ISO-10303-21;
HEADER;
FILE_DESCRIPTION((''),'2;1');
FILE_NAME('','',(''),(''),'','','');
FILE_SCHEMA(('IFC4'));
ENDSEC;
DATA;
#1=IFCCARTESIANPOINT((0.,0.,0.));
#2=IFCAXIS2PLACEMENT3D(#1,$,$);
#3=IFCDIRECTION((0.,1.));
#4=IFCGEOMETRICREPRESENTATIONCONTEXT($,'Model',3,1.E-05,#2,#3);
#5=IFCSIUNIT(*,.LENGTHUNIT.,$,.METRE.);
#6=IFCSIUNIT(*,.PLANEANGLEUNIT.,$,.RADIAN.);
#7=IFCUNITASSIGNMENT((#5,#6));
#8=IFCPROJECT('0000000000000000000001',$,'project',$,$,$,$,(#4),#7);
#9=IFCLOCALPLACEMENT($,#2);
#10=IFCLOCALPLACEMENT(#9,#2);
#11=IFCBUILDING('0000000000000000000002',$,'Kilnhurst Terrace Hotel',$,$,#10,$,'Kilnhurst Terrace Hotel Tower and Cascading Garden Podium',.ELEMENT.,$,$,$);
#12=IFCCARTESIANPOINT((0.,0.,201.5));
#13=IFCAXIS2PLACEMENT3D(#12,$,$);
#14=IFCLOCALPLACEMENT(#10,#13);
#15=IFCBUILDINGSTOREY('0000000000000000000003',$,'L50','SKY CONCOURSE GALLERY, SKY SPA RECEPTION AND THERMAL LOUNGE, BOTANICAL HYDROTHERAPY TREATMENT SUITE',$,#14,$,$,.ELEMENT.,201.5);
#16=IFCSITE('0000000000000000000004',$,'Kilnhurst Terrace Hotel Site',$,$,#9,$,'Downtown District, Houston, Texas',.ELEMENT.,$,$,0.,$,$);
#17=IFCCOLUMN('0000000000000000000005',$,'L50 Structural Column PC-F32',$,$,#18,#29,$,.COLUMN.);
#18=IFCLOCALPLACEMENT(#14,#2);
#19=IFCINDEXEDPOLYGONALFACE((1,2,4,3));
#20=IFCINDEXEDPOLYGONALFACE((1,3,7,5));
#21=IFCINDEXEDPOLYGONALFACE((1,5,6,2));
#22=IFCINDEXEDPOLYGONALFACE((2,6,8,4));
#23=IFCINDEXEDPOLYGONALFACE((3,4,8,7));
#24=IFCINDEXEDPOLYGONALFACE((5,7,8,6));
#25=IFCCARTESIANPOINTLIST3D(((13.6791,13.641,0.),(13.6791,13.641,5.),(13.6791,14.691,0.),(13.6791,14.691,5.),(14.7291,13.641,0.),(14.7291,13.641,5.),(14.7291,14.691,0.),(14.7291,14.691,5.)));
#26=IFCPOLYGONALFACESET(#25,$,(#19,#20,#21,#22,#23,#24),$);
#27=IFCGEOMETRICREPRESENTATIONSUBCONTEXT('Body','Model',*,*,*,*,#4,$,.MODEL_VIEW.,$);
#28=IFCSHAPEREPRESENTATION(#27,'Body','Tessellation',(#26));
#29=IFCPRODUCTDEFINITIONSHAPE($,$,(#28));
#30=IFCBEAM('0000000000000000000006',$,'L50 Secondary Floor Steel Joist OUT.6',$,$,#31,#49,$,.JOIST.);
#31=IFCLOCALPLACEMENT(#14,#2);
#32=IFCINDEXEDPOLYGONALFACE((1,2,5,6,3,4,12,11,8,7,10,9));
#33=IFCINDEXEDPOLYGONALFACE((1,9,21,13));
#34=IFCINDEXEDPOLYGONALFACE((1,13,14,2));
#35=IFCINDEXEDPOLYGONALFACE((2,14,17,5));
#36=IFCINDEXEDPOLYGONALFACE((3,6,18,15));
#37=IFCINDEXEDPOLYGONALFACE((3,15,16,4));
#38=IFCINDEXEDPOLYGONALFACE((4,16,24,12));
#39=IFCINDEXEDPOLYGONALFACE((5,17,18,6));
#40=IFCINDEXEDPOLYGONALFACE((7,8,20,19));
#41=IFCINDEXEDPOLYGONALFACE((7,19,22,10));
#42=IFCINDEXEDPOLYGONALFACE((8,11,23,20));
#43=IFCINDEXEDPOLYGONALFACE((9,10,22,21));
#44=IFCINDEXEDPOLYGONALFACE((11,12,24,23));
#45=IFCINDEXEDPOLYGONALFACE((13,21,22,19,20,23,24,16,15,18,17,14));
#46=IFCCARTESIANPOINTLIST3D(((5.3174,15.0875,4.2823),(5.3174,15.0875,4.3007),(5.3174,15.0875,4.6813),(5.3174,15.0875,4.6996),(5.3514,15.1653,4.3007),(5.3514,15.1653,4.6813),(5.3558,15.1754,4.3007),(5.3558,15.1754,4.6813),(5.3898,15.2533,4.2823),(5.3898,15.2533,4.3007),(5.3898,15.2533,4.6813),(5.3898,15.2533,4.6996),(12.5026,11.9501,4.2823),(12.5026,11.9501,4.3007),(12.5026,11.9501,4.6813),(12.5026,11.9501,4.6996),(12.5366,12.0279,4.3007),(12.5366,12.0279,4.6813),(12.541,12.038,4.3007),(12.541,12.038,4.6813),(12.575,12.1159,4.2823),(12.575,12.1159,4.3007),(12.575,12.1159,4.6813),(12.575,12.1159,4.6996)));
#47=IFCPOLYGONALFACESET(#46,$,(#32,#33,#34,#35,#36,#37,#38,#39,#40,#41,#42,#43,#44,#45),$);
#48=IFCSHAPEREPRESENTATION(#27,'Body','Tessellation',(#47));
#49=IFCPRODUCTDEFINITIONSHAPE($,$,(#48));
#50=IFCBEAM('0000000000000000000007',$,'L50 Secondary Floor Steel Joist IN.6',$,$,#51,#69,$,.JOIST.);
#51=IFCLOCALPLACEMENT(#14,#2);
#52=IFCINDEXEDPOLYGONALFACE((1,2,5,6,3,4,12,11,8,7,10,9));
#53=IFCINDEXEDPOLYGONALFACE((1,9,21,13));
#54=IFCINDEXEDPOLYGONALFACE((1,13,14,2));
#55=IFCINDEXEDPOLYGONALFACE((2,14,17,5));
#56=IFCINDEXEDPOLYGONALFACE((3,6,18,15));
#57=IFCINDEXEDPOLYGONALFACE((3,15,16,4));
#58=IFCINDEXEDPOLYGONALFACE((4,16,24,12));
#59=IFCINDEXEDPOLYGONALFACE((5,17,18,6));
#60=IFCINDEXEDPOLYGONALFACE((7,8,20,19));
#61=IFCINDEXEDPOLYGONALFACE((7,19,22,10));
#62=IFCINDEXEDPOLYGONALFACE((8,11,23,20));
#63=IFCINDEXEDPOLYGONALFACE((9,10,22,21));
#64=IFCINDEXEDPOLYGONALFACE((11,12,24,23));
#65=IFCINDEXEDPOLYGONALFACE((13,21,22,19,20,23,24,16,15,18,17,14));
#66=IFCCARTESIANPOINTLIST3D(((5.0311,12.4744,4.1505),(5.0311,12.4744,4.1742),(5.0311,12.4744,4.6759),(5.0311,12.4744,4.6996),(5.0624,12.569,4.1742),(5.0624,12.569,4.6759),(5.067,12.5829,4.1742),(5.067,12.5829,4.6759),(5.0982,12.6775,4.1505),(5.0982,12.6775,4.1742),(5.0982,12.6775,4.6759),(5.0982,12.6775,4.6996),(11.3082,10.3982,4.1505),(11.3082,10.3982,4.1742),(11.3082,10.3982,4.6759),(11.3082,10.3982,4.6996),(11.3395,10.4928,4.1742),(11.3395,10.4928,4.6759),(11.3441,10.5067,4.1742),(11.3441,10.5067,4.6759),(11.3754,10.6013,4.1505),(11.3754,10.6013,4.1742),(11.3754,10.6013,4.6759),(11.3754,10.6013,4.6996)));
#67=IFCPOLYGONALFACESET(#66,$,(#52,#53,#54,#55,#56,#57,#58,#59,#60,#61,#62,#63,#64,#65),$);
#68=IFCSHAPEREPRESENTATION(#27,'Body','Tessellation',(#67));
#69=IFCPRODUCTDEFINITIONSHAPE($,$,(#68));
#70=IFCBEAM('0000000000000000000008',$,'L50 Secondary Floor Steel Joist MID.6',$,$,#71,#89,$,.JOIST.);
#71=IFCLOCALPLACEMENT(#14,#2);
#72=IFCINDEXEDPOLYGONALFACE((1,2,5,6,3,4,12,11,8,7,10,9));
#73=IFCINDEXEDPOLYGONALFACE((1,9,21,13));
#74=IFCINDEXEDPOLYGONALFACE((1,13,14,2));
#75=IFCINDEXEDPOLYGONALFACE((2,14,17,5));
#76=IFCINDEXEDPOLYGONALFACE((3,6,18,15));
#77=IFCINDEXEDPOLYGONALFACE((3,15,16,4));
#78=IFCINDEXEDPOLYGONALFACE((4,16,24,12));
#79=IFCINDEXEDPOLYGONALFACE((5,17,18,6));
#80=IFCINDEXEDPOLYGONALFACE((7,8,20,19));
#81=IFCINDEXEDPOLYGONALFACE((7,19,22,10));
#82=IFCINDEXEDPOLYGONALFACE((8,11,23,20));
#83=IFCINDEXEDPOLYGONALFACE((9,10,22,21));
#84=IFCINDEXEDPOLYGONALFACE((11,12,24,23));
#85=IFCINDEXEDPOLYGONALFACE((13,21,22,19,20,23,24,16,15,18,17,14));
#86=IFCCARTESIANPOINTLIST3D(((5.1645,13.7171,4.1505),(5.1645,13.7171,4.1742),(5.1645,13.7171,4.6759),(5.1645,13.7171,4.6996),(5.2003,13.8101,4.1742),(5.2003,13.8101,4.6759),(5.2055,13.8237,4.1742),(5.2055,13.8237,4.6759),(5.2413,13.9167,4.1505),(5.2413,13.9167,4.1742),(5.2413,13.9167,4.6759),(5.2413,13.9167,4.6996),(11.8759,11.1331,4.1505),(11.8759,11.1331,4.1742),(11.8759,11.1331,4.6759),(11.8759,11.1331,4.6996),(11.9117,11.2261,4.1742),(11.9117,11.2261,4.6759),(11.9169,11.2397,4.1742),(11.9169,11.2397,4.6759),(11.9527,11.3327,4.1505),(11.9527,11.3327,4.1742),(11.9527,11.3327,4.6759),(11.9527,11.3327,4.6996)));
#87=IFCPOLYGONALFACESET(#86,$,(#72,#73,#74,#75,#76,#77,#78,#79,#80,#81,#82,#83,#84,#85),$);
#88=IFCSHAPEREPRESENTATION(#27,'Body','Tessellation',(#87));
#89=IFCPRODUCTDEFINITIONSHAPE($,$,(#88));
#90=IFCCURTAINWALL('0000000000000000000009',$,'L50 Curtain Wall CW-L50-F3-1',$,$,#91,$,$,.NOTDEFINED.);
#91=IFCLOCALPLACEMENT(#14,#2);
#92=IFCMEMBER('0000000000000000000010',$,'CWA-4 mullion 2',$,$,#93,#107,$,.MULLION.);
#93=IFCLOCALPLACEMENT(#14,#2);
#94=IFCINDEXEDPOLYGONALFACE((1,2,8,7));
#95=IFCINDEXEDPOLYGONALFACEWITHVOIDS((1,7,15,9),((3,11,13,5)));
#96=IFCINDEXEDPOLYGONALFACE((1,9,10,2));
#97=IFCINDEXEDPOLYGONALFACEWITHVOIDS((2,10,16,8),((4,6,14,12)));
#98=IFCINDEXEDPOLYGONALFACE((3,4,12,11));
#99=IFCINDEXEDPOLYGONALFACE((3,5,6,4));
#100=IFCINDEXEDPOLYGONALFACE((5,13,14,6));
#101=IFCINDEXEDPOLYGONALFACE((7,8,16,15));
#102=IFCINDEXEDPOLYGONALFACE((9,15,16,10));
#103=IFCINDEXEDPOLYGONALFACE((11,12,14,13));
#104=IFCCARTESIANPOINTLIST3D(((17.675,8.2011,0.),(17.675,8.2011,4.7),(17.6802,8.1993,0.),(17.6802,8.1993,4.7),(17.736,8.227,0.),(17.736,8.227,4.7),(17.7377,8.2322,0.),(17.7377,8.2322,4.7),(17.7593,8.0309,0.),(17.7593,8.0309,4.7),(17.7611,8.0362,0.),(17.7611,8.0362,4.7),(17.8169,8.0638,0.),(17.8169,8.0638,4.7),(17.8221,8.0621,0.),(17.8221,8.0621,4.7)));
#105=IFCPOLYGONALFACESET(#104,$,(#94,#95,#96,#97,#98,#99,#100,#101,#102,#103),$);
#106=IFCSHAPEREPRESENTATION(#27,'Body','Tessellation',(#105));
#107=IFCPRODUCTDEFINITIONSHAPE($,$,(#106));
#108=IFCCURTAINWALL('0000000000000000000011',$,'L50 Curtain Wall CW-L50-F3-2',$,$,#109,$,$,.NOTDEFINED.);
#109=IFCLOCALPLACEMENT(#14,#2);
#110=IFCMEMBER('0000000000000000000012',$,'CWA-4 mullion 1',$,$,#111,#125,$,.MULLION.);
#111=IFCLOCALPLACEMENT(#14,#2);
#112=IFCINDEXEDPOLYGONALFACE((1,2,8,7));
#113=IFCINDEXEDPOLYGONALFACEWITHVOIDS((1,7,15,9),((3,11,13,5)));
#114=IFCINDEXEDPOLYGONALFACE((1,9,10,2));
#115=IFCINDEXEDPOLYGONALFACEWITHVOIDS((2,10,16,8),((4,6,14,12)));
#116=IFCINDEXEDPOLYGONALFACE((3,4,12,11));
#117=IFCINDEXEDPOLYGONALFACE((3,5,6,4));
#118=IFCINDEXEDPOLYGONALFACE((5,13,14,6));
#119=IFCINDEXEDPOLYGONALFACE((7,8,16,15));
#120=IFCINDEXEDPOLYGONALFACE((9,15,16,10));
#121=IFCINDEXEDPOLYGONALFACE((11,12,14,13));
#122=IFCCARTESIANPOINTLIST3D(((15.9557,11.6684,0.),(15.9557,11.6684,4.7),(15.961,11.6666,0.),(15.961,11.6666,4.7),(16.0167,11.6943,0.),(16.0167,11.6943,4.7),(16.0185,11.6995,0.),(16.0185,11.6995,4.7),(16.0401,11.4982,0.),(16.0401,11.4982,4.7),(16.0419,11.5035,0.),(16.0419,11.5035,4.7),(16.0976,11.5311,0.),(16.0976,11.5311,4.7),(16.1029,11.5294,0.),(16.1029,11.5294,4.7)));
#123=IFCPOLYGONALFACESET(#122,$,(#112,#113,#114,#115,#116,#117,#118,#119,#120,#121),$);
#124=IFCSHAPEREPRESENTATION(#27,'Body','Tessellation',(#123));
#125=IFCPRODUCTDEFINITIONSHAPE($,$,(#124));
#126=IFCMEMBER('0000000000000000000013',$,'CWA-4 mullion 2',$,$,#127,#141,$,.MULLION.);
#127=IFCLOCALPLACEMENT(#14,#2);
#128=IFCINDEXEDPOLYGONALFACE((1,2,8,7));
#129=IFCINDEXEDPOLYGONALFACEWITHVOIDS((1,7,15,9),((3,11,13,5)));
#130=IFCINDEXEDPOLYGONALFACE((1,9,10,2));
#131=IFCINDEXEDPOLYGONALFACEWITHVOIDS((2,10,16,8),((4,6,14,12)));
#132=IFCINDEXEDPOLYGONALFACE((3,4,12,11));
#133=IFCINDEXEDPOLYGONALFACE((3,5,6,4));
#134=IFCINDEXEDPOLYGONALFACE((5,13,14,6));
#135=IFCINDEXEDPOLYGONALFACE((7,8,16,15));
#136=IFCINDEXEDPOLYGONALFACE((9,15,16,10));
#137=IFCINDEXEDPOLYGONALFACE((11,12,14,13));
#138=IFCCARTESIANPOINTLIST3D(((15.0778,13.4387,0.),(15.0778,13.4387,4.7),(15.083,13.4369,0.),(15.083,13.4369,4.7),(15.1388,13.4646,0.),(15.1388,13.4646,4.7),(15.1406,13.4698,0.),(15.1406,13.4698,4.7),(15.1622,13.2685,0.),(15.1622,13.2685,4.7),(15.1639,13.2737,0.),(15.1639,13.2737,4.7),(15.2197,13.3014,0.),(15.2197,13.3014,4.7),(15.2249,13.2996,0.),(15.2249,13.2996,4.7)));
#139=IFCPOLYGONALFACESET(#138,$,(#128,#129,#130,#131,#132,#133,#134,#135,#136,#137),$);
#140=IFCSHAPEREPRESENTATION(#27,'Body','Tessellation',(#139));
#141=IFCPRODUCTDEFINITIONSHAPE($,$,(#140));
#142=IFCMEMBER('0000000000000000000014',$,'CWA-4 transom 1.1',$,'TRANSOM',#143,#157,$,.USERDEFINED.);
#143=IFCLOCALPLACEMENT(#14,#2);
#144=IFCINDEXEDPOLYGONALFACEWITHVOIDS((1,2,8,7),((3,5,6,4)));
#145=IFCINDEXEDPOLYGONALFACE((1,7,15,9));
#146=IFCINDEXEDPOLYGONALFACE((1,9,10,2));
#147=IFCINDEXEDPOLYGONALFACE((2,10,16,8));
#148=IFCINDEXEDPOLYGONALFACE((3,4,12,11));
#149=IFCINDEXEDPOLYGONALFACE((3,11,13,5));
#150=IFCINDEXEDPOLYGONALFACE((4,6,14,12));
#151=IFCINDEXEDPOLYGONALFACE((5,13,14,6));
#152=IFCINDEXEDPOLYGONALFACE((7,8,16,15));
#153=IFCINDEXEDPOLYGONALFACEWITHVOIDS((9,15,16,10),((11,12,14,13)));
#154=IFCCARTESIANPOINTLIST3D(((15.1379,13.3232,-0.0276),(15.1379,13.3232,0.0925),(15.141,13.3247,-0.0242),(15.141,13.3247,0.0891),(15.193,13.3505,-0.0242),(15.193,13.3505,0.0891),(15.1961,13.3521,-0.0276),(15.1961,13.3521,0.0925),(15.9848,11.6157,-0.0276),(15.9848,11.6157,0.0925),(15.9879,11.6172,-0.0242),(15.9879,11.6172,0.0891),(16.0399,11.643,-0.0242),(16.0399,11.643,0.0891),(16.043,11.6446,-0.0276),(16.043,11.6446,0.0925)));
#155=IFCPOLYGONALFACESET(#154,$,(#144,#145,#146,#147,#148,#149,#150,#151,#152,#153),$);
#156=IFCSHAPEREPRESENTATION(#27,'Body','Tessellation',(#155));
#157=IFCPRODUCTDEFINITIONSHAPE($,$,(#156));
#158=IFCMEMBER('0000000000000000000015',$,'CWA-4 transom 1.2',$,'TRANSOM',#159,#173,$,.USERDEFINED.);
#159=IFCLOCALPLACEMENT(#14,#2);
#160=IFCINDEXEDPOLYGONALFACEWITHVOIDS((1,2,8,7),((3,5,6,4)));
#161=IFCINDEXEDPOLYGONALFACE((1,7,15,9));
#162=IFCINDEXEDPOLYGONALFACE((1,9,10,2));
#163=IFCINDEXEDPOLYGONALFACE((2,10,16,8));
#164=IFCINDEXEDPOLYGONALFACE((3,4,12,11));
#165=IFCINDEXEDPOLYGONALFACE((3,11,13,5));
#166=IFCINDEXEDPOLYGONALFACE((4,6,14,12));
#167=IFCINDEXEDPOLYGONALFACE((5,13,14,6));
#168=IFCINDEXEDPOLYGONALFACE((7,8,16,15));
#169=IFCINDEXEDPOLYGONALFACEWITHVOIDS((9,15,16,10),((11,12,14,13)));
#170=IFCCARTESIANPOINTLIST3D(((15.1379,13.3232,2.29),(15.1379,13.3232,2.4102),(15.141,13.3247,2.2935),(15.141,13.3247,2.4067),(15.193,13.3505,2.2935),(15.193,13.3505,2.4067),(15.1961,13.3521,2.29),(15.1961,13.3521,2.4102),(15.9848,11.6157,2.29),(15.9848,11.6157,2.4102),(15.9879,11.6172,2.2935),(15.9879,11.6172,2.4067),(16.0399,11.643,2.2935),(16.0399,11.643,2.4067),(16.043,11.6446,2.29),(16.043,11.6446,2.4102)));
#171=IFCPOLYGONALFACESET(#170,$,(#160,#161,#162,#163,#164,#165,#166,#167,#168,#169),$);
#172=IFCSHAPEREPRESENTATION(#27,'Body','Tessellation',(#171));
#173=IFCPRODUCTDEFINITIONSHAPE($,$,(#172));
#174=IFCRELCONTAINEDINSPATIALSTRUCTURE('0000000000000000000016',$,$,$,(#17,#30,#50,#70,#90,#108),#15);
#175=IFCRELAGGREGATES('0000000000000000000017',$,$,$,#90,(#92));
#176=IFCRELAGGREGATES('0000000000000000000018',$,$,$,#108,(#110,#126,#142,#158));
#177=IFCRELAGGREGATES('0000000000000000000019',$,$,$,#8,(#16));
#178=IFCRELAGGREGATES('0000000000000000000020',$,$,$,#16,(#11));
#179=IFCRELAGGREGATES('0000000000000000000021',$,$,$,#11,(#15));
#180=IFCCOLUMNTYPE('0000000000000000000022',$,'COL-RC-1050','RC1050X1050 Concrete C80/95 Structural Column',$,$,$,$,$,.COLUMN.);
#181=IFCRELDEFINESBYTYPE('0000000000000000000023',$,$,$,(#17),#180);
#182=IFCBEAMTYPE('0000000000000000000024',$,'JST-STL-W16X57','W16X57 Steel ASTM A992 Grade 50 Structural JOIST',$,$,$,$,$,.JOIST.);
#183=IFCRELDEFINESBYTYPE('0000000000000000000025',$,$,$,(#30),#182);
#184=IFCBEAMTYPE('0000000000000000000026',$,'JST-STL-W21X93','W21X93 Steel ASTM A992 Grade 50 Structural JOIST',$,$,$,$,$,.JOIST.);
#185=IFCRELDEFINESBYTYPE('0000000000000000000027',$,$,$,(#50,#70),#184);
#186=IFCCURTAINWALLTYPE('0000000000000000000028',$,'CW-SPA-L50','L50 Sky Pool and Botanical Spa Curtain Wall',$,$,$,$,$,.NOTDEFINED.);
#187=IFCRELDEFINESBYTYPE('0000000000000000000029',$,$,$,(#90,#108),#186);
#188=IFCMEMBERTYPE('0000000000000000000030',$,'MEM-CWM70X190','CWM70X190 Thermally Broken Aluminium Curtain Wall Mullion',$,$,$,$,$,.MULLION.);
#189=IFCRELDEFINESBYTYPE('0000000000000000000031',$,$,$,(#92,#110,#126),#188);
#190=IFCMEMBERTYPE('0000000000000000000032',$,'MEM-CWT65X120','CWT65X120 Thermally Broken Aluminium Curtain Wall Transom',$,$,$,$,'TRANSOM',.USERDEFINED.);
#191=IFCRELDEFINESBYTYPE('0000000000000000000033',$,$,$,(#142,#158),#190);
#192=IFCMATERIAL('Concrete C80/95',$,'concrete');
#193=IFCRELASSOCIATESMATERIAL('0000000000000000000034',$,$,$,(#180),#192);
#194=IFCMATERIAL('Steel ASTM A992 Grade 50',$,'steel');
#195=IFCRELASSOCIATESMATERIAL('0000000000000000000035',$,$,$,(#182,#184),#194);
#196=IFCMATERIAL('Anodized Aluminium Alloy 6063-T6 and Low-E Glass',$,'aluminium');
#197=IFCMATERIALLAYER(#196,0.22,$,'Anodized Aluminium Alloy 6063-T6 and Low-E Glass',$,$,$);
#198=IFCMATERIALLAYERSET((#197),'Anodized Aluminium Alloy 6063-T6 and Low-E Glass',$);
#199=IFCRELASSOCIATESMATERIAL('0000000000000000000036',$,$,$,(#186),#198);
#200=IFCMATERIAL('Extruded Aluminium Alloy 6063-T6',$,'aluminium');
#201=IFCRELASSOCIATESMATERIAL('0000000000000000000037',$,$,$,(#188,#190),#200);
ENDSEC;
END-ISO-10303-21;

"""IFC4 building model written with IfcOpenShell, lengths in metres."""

from ifc_helpers import new_model, si_unit, direction, frame, origin, origin_2d, place, context, subcontext, project, spatial, rectangle, hollow_rectangle, i_section, extrude, material, layer, layer_set, material_profile, profile_set, type_object, element, aggregate, save


model = new_model("IFC4")

# Units and contexts
model_context = context("Model", 3, precision=1e-05, world=origin(), true_north=direction((0.0, 1.0)))
body_context = subcontext(model_context, "Body", "Model", "MODEL_VIEW")
ifc_project = project(units=[si_unit("LENGTHUNIT", "METRE"), si_unit("PLANEANGLEUNIT", "RADIAN")], contexts=[model_context])

# Site, building, storey
site_placement = place(None, origin())
site = spatial("IfcSite", under=ifc_project, at=site_placement, Name="Kilnhurst Terrace Hotel Site", LongName="Downtown District, Houston, Texas", CompositionType="ELEMENT", RefElevation=0.0)
building_placement = place(site_placement, origin())
building = spatial("IfcBuilding", under=site, at=building_placement, Name="Kilnhurst Terrace Hotel", LongName="Kilnhurst Terrace Hotel Tower and Cascading Garden Podium", CompositionType="ELEMENT")
storey_placement = place(building_placement, frame((0.0, 0.0, 201.5)))
storey = spatial("IfcBuildingStorey", under=building, at=storey_placement, Name="L50", Description="SKY CONCOURSE GALLERY, SKY SPA RECEPTION AND THERMAL LOUNGE, BOTANICAL HYDROTHERAPY TREATMENT SUITE", CompositionType="ELEMENT", Elevation=201.5)

# Column
ifc_material_1 = material(Name="Concrete C80/95", Category="concrete")
ifc_material_profile_1 = material_profile(ifc_material_1, rectangle(XDim=1.05, YDim=1.05, at=origin_2d()), Name="RC1050X1050")
ifc_profile_set_1 = profile_set([ifc_material_profile_1], Name="Concrete C80/95")
column_type = type_object("IfcColumnType", Name="COL-RC-1050", Description="RC1050X1050 Concrete C80/95 Structural Column", PredefinedType="COLUMN", material=ifc_profile_set_1)
column_placement = place(storey_placement, frame((14.2041, 14.166, 0.0), z_axis=(0.0, 0.0, 1.0), x_axis=(1.0, 0.0, 0.0)))
element("IfcColumn", 1, at=column_placement, inside=storey, type_object=column_type, Name="L50 Structural Column PC-F32", PredefinedType="COLUMN", context=body_context, shape_type="SweptSolid", body=[
    extrude(rectangle(XDim=1.05, YDim=1.05, at=origin_2d()), origin(), (0.0, 0.0, 1.0), 5.0),
])

# Beams
ifc_material_2 = material(Name="Steel ASTM A992 Grade 50", Category="steel")
ifc_material_profile_2 = material_profile(ifc_material_2, i_section(OverallWidth=0.1809, OverallDepth=0.4172, WebThickness=0.011, FlangeThickness=0.0183, at=origin_2d()), Name="W16X57")
ifc_profile_set_2 = profile_set([ifc_material_profile_2], Name="Steel ASTM A992 Grade 50")
beam_type_1 = type_object("IfcBeamType", Name="JST-STL-W16X57", Description="W16X57 Steel ASTM A992 Grade 50 Structural JOIST", PredefinedType="JOIST", material=ifc_profile_set_2)
beam_1_placement = place(storey_placement, frame((12.5388, 12.033, 4.491), z_axis=(-0.916444, 0.400164, 0.0), x_axis=(-0.400164, -0.916444, 0.0)))
element("IfcBeam", 2, at=beam_1_placement, inside=storey, type_object=beam_type_1, Name="L50 Secondary Floor Steel Joist OUT.6", PredefinedType="JOIST", context=body_context, shape_type="SweptSolid", body=[
    extrude(i_section(OverallWidth=0.1809, OverallDepth=0.4172, WebThickness=0.011, FlangeThickness=0.0183, at=origin_2d()), origin(), (0.0, 0.0, 1.0), 7.8403),
])
ifc_material_profile_3 = material_profile(ifc_material_2, i_section(OverallWidth=0.2139, OverallDepth=0.5491, WebThickness=0.0146, FlangeThickness=0.0237, at=origin_2d()), Name="W21X93")
ifc_profile_set_3 = profile_set([ifc_material_profile_3], Name="Steel ASTM A992 Grade 50")
beam_type_2 = type_object("IfcBeamType", Name="JST-STL-W21X93", Description="W21X93 Steel ASTM A992 Grade 50 Structural JOIST", PredefinedType="JOIST", material=ifc_profile_set_3)
beam_2_placement = place(storey_placement, frame((11.3418, 10.4998, 4.425), z_axis=(-0.949416, 0.314022, 0.0), x_axis=(-0.314022, -0.949416, 0.0)))
element("IfcBeam", 3, at=beam_2_placement, inside=storey, type_object=beam_type_2, Name="L50 Secondary Floor Steel Joist IN.6", PredefinedType="JOIST", context=body_context, shape_type="SweptSolid", body=[
    extrude(i_section(OverallWidth=0.2139, OverallDepth=0.5491, WebThickness=0.0146, FlangeThickness=0.0237, at=origin_2d()), origin(), (0.0, 0.0, 1.0), 6.6116),
])
beam_3_placement = place(storey_placement, frame((11.9143, 11.2329, 4.425), z_axis=(-0.933221, 0.359302, 0.0), x_axis=(-0.359302, -0.933221, 0.0)))
element("IfcBeam", 4, at=beam_3_placement, inside=storey, type_object=beam_type_2, Name="L50 Secondary Floor Steel Joist MID.6", PredefinedType="JOIST", context=body_context, shape_type="SweptSolid", body=[
    extrude(i_section(OverallWidth=0.2139, OverallDepth=0.5491, WebThickness=0.0146, FlangeThickness=0.0237, at=origin_2d()), origin(), (0.0, 0.0, 1.0), 7.1917),
])

# Curtain wall, member
ifc_material_3 = material(Name="Anodized Aluminium Alloy 6063-T6 and Low-E Glass", Category="aluminium")
ifc_layer_1 = layer(ifc_material_3, 0.22, Name="Anodized Aluminium Alloy 6063-T6 and Low-E Glass")
ifc_layer_set_1 = layer_set([ifc_layer_1], Name="Anodized Aluminium Alloy 6063-T6 and Low-E Glass")
curtain_wall_type = type_object("IfcCurtainWallType", Name="CW-SPA-L50", Description="L50 Sky Pool and Botanical Spa Curtain Wall", PredefinedType="NOTDEFINED", material=ifc_layer_set_1)
curtain_wall_1_placement = place(storey_placement, origin())
curtain_wall_1 = element("IfcCurtainWall", 5, at=curtain_wall_1_placement, inside=storey, type_object=curtain_wall_type, Name="L50 Curtain Wall CW-L50-F3-1", PredefinedType="NOTDEFINED")
ifc_material_4 = material(Name="Extruded Aluminium Alloy 6063-T6", Category="aluminium")
ifc_material_profile_4 = material_profile(ifc_material_4, hollow_rectangle(XDim=0.0701, YDim=0.1899, WallThickness=0.0039, at=origin_2d()), Name="CWM70X190")
ifc_profile_set_4 = profile_set([ifc_material_profile_4], Name="Extruded Aluminium Alloy 6063-T6")
member_type_1 = type_object("IfcMemberType", Name="MEM-CWM70X190", Description="CWM70X190 Thermally Broken Aluminium Curtain Wall Mullion", PredefinedType="MULLION", material=ifc_profile_set_4)
member_1_placement = place(storey_placement, frame((17.7485, 8.1316, 0.0), z_axis=(0.0, 0.0, 1.0), x_axis=(-0.895908, -0.444239, 0.0)))
member_1 = element("IfcMember", 6, at=member_1_placement, type_object=member_type_1, Name="CWA-4 mullion 2", PredefinedType="MULLION", context=body_context, shape_type="SweptSolid", body=[
    extrude(hollow_rectangle(XDim=0.0701, YDim=0.1899, WallThickness=0.0039, at=origin_2d()), origin(), (0.0, 0.0, 1.0), 4.7),
])
aggregate(curtain_wall_1, [member_1])

# Curtain wall, members
curtain_wall_2_placement = place(storey_placement, origin())
curtain_wall_2 = element("IfcCurtainWall", 7, at=curtain_wall_2_placement, inside=storey, type_object=curtain_wall_type, Name="L50 Curtain Wall CW-L50-F3-2", PredefinedType="NOTDEFINED")
member_2_placement = place(storey_placement, frame((16.0293, 11.5989, 0.0), z_axis=(0.0, 0.0, 1.0), x_axis=(-0.895889, -0.444279, 0.0)))
member_2 = element("IfcMember", 8, at=member_2_placement, type_object=member_type_1, Name="CWA-4 mullion 1", PredefinedType="MULLION", context=body_context, shape_type="SweptSolid", body=[
    extrude(hollow_rectangle(XDim=0.0701, YDim=0.1899, WallThickness=0.0039, at=origin_2d()), origin(), (0.0, 0.0, 1.0), 4.7),
])
member_3_placement = place(storey_placement, frame((15.1514, 13.3691, 0.0), z_axis=(0.0, 0.0, 1.0), x_axis=(-0.895889, -0.444279, 0.0)))
member_3 = element("IfcMember", 9, at=member_3_placement, type_object=member_type_1, Name="CWA-4 mullion 2", PredefinedType="MULLION", context=body_context, shape_type="SweptSolid", body=[
    extrude(hollow_rectangle(XDim=0.0701, YDim=0.1899, WallThickness=0.0039, at=origin_2d()), origin(), (0.0, 0.0, 1.0), 4.7),
])
ifc_material_profile_5 = material_profile(ifc_material_4, hollow_rectangle(XDim=0.0649, YDim=0.1201, WallThickness=0.0034, at=origin_2d()), Name="CWT65X120")
ifc_profile_set_5 = profile_set([ifc_material_profile_5], Name="Extruded Aluminium Alloy 6063-T6")
member_type_2 = type_object("IfcMemberType", Name="MEM-CWT65X120", Description="CWT65X120 Thermally Broken Aluminium Curtain Wall Transom", ElementType="TRANSOM", PredefinedType="USERDEFINED", material=ifc_profile_set_5)
member_4_placement = place(storey_placement, frame((16.0139, 11.6301, 0.0325), z_axis=(-0.444342, 0.895857, 0.0), x_axis=(-0.895857, -0.444342, 0.0)))
member_4 = element("IfcMember", 10, at=member_4_placement, type_object=member_type_2, Name="CWA-4 transom 1.1", ObjectType="TRANSOM", PredefinedType="USERDEFINED", context=body_context, shape_type="SweptSolid", body=[
    extrude(hollow_rectangle(XDim=0.0649, YDim=0.1201, WallThickness=0.0034, at=origin_2d()), origin(), (0.0, 0.0, 1.0), 1.906),
])
member_5_placement = place(storey_placement, frame((16.0139, 11.6301, 2.3501), z_axis=(-0.444342, 0.895857, 0.0), x_axis=(-0.895857, -0.444342, 0.0)))
member_5 = element("IfcMember", 11, at=member_5_placement, type_object=member_type_2, Name="CWA-4 transom 1.2", ObjectType="TRANSOM", PredefinedType="USERDEFINED", context=body_context, shape_type="SweptSolid", body=[
    extrude(hollow_rectangle(XDim=0.0649, YDim=0.1201, WallThickness=0.0034, at=origin_2d()), origin(), (0.0, 0.0, 1.0), 1.906),
])

aggregate(curtain_wall_2, [member_2, member_3, member_4, member_5])

save(model, "model.ifc")
